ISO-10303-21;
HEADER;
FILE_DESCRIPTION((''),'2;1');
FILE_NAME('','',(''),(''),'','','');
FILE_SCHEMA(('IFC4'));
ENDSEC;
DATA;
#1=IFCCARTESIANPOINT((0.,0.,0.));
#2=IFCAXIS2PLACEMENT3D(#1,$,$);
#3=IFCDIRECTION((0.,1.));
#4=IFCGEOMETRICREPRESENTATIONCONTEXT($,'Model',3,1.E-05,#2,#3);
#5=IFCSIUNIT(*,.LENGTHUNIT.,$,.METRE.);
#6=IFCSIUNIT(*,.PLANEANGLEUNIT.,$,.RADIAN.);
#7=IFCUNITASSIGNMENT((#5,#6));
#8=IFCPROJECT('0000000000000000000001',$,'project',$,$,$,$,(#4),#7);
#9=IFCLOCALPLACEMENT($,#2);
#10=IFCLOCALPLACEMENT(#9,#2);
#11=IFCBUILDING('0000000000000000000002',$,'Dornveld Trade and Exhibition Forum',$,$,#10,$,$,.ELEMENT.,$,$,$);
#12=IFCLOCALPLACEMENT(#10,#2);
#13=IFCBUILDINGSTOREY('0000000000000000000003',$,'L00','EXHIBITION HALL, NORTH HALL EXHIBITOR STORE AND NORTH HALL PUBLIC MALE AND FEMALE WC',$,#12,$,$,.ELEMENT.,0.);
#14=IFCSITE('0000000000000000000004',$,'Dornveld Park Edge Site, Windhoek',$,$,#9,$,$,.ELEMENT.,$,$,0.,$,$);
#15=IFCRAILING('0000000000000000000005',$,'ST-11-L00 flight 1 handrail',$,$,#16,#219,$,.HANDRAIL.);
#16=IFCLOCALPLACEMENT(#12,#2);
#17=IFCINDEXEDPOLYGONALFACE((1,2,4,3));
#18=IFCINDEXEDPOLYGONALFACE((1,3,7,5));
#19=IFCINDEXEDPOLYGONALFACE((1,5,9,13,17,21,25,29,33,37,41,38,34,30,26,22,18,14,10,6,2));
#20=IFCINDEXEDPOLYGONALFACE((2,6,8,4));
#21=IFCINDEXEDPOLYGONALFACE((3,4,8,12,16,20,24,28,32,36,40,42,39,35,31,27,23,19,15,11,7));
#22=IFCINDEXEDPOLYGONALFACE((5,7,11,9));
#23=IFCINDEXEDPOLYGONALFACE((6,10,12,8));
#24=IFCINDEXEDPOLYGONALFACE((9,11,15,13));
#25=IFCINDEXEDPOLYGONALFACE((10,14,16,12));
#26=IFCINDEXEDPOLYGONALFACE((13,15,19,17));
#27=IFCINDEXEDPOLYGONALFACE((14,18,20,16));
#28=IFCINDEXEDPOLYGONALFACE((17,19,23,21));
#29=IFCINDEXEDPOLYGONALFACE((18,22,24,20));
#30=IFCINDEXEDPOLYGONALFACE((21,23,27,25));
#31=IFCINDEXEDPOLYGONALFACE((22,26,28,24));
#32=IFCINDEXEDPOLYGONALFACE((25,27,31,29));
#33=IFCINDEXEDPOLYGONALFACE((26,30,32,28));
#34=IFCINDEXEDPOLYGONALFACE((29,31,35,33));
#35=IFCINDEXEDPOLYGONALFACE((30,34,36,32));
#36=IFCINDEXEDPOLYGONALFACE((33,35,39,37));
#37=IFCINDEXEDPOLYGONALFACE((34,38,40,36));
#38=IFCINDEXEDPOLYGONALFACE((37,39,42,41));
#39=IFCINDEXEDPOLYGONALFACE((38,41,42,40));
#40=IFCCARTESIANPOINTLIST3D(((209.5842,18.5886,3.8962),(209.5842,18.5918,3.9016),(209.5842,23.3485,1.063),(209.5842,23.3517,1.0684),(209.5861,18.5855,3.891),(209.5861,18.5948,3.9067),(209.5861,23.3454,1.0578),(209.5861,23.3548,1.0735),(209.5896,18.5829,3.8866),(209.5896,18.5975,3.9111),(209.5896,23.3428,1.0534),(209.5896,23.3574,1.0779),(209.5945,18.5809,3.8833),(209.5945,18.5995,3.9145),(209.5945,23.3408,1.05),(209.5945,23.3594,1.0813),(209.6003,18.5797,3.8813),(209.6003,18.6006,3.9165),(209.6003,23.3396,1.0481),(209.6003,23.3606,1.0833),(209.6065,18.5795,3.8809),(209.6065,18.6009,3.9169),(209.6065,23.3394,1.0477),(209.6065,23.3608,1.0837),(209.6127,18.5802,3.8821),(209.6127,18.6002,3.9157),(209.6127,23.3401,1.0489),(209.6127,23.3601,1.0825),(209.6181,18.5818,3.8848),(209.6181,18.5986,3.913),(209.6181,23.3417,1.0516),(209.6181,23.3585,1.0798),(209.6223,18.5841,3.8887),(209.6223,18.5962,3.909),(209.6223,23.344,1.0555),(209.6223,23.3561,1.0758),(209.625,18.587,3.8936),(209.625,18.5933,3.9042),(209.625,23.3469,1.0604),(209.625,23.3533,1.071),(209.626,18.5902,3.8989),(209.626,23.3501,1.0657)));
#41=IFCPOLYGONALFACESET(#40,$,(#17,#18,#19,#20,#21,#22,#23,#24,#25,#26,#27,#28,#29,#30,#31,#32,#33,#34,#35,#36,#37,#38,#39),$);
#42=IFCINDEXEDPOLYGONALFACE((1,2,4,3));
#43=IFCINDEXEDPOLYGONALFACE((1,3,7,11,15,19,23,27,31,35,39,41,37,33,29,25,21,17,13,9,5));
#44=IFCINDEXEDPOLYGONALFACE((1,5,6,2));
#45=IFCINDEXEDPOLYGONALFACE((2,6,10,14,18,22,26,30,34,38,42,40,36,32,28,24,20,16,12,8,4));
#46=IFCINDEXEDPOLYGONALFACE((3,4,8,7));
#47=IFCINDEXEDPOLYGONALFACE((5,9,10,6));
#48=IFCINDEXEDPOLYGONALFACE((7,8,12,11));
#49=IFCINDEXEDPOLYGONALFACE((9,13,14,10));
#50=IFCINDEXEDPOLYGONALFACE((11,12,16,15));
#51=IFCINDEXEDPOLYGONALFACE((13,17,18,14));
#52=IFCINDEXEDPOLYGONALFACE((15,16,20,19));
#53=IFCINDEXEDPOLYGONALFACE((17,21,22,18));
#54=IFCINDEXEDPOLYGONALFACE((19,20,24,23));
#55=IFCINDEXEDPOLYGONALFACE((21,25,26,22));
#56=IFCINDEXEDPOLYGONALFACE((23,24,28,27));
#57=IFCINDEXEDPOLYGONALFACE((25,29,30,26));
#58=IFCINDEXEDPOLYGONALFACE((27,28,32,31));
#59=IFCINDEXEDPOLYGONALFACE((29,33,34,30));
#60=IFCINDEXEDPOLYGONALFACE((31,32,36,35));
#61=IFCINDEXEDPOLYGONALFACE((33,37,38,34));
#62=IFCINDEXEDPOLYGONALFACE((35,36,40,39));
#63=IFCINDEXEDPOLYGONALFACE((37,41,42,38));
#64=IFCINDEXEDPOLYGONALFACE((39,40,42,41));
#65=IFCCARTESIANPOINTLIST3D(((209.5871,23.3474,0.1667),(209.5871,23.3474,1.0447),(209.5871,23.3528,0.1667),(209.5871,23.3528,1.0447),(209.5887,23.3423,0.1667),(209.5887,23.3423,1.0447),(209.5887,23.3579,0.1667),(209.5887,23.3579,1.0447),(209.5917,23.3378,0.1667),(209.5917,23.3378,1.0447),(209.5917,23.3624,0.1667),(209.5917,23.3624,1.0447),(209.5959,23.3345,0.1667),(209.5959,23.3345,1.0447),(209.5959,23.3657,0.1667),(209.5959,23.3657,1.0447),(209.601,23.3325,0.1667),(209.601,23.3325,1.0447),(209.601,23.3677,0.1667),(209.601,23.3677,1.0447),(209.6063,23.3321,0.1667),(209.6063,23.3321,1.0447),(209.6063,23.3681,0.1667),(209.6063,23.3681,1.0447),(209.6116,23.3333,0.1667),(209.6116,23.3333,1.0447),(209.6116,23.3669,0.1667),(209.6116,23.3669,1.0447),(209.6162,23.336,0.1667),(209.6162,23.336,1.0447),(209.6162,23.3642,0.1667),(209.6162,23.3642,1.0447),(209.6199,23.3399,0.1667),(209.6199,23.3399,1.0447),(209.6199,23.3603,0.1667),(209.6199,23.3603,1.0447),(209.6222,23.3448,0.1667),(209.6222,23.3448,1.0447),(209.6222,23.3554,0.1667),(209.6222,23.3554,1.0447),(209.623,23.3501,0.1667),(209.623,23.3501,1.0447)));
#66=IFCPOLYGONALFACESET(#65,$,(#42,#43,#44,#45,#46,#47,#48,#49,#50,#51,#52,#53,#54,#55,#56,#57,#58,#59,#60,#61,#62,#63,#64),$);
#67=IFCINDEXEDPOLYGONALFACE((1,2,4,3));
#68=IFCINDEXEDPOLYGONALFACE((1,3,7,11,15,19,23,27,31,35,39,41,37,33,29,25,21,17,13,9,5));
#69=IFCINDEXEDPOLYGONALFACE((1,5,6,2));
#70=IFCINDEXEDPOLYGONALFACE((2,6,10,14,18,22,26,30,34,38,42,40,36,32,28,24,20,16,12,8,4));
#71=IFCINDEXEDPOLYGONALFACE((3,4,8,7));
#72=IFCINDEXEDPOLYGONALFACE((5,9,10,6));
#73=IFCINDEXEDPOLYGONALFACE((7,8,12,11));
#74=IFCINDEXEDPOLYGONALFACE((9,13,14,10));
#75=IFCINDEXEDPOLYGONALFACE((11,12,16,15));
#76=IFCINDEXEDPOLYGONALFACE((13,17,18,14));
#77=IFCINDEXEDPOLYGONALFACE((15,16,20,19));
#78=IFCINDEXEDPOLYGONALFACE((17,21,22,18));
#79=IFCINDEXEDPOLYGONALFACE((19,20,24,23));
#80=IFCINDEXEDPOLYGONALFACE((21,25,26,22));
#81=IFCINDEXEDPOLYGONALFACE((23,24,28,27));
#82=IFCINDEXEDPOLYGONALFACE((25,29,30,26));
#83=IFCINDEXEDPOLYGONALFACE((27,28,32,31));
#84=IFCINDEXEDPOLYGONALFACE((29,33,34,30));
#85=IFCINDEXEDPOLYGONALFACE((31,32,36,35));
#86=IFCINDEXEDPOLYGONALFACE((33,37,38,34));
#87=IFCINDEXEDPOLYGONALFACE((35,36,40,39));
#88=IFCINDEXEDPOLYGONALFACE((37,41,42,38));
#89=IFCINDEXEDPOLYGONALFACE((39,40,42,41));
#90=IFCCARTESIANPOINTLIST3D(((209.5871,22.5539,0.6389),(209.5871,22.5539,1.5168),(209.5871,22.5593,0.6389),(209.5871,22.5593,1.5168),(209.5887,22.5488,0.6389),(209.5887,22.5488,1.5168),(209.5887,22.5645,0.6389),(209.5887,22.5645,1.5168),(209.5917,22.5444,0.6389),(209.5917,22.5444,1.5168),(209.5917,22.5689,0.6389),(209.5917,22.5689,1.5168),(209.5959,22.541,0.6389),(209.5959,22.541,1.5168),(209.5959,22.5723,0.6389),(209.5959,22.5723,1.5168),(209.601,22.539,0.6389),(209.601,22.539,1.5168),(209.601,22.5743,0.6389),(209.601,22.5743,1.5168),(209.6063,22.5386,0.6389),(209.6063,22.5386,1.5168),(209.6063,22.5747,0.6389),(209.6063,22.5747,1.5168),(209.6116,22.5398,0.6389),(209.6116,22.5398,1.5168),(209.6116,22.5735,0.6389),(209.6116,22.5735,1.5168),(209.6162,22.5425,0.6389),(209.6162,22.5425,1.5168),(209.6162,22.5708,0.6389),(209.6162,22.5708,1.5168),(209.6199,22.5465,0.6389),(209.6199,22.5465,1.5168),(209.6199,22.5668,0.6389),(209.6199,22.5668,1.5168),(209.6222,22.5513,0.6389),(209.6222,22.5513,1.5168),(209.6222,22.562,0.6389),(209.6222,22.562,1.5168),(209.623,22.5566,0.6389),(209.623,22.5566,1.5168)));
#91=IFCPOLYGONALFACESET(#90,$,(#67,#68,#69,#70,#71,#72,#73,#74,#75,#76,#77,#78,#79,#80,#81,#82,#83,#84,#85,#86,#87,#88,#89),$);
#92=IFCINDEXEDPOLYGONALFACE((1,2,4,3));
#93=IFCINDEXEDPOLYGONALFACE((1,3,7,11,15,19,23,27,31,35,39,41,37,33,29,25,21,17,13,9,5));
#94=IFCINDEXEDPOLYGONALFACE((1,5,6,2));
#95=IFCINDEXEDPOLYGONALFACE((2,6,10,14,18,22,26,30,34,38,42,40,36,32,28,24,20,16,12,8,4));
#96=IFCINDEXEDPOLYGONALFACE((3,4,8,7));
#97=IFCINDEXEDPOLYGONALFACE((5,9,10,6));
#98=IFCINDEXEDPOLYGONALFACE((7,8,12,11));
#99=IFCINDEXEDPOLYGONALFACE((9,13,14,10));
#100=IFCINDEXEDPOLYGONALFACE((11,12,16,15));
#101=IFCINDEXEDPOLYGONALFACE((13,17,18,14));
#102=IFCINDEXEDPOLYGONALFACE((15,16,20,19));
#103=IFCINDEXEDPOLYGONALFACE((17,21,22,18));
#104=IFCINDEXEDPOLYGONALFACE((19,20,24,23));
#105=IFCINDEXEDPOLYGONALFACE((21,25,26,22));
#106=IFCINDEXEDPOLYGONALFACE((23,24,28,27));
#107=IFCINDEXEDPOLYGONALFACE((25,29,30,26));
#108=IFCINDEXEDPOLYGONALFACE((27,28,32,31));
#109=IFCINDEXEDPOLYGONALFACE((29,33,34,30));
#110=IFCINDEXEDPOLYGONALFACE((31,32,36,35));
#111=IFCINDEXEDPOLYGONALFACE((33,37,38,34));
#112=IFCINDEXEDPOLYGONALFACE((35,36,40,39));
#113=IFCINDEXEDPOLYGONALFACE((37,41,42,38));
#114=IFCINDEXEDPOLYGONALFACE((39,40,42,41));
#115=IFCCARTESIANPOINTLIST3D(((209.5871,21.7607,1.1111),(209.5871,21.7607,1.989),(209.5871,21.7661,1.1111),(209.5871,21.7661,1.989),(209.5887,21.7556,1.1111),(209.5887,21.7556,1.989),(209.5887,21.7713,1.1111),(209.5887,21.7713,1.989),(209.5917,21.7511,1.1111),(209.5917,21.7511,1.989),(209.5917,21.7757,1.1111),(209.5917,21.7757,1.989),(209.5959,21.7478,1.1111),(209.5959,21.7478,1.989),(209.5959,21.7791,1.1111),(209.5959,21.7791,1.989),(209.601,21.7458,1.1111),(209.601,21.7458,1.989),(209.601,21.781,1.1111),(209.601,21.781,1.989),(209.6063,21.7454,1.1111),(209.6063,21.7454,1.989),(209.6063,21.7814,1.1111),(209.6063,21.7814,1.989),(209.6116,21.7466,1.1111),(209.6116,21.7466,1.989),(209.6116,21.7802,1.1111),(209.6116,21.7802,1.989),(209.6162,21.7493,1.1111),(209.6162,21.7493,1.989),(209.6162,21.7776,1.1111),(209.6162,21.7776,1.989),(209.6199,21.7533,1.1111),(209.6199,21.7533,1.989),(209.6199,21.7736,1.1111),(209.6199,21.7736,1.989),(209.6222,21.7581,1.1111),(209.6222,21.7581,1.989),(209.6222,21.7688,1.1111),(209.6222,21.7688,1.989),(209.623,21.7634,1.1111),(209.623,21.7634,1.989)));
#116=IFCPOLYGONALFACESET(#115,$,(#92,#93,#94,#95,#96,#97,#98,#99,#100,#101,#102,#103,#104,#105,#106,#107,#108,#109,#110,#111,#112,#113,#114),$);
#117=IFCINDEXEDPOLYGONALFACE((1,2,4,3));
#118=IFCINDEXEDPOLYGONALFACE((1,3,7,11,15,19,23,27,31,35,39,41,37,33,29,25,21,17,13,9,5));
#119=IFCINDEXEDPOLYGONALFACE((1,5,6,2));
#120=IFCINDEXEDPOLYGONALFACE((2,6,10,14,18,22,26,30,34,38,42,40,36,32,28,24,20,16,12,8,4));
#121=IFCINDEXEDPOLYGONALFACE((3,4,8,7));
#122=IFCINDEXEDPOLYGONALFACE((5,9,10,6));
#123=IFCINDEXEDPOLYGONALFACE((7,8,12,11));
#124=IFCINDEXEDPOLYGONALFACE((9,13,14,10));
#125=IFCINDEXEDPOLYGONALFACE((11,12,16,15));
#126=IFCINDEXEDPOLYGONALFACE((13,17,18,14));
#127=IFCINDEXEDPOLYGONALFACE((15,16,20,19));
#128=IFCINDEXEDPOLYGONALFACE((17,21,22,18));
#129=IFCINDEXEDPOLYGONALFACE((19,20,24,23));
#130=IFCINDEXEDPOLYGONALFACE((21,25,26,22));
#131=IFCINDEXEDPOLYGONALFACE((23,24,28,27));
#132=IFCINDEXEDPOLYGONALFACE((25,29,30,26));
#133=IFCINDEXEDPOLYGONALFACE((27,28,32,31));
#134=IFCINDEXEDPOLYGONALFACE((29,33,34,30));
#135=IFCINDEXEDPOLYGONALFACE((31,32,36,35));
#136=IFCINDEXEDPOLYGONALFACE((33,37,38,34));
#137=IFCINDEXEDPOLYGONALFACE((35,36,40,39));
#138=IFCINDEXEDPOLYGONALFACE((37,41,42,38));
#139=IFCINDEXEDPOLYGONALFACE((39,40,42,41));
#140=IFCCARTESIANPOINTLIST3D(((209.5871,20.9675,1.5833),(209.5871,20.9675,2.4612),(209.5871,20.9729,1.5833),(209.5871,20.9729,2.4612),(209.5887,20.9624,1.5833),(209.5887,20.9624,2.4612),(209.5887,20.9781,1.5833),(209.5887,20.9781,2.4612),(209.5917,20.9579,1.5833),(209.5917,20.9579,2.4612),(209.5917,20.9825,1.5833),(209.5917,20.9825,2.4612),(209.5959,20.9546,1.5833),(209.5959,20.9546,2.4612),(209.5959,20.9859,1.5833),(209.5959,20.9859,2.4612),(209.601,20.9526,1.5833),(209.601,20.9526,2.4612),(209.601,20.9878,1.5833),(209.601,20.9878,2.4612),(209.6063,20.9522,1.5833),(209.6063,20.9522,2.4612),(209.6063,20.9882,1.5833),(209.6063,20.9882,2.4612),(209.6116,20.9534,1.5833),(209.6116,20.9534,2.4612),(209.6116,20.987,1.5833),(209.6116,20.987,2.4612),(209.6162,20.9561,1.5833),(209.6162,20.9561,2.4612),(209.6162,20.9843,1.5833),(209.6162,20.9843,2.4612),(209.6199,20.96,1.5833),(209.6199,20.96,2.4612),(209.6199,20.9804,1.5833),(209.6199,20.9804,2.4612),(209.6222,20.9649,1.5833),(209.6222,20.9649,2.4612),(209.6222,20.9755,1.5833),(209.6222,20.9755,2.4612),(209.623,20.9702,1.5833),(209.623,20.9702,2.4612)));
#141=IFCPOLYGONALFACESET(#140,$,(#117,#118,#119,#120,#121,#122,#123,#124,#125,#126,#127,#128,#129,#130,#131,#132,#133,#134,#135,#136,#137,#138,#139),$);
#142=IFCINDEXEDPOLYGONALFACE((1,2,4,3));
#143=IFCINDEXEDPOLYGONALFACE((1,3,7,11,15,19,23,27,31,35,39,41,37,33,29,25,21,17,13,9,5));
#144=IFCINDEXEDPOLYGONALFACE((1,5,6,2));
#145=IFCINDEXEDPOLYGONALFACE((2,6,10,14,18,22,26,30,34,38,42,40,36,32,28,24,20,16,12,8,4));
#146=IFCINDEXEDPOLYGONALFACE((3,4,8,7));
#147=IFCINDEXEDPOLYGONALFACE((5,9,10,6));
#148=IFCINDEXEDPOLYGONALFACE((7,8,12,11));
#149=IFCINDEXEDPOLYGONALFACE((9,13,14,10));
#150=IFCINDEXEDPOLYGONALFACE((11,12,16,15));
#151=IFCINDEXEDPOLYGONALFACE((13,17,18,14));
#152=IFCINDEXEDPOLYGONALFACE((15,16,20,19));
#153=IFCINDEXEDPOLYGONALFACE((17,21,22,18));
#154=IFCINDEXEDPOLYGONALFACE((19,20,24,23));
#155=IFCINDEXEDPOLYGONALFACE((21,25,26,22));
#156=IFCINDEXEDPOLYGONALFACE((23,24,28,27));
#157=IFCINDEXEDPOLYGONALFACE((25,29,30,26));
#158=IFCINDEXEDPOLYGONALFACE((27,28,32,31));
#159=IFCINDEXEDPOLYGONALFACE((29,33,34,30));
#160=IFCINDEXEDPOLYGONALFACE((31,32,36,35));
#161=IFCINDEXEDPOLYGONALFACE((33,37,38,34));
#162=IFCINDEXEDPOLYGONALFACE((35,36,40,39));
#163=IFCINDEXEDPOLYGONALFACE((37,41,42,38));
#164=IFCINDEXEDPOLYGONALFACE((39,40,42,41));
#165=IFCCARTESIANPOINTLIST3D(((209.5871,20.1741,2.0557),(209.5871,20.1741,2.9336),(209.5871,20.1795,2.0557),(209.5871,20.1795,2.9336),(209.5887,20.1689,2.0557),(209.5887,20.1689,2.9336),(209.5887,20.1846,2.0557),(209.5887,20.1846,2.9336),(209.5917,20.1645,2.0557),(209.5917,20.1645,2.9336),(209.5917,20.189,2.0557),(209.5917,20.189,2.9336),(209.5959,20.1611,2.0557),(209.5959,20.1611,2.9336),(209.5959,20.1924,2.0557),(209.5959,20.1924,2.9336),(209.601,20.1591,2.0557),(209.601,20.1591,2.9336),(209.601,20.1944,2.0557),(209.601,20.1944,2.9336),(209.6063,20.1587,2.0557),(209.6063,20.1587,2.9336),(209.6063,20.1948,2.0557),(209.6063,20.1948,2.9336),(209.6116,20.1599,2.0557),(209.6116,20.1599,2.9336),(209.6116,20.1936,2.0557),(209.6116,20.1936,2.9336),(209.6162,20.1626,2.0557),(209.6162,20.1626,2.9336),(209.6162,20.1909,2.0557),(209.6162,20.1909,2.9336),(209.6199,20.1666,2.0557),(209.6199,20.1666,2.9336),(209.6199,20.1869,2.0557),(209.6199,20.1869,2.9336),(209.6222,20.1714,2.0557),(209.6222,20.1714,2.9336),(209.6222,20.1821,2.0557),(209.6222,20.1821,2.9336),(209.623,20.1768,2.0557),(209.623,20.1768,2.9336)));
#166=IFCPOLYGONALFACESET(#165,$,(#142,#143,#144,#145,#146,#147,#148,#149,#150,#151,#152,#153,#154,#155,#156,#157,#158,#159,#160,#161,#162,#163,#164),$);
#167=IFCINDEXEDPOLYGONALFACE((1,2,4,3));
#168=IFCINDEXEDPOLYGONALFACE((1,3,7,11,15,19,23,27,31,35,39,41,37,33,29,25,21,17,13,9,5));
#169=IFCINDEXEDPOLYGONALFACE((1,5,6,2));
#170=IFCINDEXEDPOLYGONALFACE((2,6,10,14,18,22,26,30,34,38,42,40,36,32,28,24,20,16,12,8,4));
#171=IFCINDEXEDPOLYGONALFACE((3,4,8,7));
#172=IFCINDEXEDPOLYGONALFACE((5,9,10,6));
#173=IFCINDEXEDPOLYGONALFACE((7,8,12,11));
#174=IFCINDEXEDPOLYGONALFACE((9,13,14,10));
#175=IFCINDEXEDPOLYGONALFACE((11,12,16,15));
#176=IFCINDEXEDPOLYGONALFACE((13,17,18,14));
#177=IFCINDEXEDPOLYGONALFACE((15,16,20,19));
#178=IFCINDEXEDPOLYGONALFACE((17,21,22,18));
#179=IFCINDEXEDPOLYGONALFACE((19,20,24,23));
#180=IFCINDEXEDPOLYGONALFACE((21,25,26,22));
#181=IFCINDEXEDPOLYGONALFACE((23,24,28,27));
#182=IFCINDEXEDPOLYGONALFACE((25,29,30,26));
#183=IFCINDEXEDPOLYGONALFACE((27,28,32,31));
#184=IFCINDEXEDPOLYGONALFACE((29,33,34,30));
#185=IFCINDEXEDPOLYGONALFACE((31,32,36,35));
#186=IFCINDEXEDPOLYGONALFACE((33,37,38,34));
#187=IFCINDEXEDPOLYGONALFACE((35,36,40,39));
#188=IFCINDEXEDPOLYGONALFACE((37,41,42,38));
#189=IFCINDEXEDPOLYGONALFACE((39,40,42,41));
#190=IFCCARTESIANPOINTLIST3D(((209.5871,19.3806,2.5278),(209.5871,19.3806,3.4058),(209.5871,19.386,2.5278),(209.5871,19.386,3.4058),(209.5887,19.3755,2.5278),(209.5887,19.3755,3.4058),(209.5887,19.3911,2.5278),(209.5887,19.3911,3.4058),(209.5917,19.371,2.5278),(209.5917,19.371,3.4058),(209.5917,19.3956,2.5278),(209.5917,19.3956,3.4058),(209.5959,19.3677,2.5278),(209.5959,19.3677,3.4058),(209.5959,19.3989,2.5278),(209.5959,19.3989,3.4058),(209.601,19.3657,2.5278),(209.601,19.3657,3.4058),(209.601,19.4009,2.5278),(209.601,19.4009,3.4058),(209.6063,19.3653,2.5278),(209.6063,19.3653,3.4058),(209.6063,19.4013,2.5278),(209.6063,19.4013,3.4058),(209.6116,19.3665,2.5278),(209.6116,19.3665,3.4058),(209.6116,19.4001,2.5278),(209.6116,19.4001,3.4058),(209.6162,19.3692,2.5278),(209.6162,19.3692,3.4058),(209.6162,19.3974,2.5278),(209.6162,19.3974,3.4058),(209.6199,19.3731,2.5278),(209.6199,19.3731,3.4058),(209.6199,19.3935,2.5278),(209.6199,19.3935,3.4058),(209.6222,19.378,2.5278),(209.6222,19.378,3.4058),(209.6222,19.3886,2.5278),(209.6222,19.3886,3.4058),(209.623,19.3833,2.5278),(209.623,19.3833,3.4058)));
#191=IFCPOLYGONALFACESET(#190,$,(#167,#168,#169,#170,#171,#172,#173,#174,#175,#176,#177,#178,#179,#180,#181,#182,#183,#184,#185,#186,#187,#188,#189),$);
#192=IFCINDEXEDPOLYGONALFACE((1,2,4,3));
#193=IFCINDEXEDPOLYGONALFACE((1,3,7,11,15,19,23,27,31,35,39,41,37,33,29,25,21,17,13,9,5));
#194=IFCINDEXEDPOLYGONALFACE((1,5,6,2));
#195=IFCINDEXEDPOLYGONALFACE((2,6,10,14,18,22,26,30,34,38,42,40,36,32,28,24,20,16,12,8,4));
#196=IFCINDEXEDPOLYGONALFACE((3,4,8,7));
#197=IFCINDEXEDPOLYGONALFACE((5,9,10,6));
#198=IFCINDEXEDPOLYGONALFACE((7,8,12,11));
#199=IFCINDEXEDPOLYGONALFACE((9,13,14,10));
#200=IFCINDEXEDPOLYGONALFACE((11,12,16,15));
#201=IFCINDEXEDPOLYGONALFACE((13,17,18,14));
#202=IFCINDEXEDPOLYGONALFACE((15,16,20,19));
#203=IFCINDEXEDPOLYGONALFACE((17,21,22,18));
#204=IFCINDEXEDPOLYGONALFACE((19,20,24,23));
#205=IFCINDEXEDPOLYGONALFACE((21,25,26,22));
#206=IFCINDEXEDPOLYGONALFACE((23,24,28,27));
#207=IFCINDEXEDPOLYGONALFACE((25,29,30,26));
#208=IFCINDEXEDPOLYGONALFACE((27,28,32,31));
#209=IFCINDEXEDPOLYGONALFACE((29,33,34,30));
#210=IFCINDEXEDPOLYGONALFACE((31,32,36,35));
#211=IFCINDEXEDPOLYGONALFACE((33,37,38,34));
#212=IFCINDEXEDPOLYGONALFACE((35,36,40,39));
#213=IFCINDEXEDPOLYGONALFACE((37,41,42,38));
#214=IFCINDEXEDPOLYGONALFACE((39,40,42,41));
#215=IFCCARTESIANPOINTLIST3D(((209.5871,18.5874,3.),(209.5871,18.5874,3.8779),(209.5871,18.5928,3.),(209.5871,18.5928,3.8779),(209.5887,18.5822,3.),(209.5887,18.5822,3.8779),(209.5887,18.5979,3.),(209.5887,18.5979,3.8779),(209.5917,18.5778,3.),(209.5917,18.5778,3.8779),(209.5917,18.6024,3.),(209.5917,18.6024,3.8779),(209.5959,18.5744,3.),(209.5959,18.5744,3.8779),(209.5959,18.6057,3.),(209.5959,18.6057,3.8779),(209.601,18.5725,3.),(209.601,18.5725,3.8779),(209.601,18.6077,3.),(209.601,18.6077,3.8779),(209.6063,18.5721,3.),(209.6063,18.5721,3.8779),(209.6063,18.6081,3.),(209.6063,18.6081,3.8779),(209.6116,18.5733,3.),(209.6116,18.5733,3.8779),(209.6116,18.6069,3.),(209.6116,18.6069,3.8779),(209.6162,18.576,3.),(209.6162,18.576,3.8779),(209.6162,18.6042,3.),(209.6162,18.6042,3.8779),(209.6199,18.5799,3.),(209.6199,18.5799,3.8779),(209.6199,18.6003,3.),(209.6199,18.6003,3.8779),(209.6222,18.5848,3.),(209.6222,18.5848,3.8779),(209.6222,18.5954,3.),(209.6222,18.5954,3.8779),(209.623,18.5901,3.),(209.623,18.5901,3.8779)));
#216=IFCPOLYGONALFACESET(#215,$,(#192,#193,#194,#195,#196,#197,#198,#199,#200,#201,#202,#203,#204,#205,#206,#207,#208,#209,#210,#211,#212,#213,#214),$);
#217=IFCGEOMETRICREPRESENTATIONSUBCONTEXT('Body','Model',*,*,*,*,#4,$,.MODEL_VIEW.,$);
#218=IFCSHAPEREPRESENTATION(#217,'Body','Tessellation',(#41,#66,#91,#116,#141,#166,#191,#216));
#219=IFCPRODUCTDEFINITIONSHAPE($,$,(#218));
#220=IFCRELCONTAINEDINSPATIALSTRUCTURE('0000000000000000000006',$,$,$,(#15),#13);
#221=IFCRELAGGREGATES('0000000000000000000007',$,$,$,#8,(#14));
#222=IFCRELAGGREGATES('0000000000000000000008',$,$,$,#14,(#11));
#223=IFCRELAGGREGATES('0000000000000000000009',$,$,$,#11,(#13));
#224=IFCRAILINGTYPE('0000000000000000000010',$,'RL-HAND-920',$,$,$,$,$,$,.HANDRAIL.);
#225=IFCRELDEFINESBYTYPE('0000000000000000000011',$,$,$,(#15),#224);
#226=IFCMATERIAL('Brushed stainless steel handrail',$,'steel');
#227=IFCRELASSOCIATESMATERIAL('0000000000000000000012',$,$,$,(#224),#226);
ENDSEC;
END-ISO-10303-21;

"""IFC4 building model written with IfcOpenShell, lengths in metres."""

from ifc_helpers import new_model, si_unit, direction, frame, origin, origin_2d, place, context, subcontext, project, spatial, circle, extrude, material, type_object, element, save


model = new_model("IFC4")

# Units and contexts
model_context = context("Model", 3, precision=1e-05, world=origin(), true_north=direction((0.0, 1.0)))
body_context = subcontext(model_context, "Body", "Model", "MODEL_VIEW")
ifc_project = project(units=[si_unit("LENGTHUNIT", "METRE"), si_unit("PLANEANGLEUNIT", "RADIAN")], contexts=[model_context])

# Site, building, storey
site_placement = place(None, origin())
site = spatial("IfcSite", under=ifc_project, at=site_placement, Name="Dornveld Park Edge Site, Windhoek", CompositionType="ELEMENT", RefElevation=0.0)
building_placement = place(site_placement, origin())
building = spatial("IfcBuilding", under=site, at=building_placement, Name="Dornveld Trade and Exhibition Forum", CompositionType="ELEMENT")
storey_placement = place(building_placement, origin())
storey = spatial("IfcBuildingStorey", under=building, at=storey_placement, Name="L00", Description="EXHIBITION HALL, NORTH HALL EXHIBITOR STORE AND NORTH HALL PUBLIC MALE AND FEMALE WC", CompositionType="ELEMENT", Elevation=0.0)

# Railing
ifc_material_1 = material(Name="Brushed stainless steel handrail", Category="steel")
railing_type_1 = type_object("IfcRailingType", Name="RL-HAND-920", PredefinedType="HANDRAIL", material=ifc_material_1)
railing_1_placement = place(storey_placement, frame((209.605, 23.3501, 0.1667)))
element("IfcRailing", 1, at=railing_1_placement, inside=storey, type_object=railing_type_1, Name="ST-11-L00 flight 1 handrail", PredefinedType="HANDRAIL", context=body_context, shape_type="SweptSolid", body=[
    extrude(circle(Radius=0.021, at=origin_2d()), frame((0.0, 0.0, 0.8989), z_axis=(0.0, -0.8593, 0.511472), x_axis=(1.0, 0.0, 0.0)), (0.0, 0.0, 1.0), 5.5393),
    extrude(circle(Radius=0.0181, at=origin_2d()), origin(), (0.0, 0.0, 1.0), 0.8779),
    extrude(circle(Radius=0.0181, at=origin_2d()), frame((0.0, -0.7935, 0.4722)), (0.0, 0.0, 1.0), 0.8779),
    extrude(circle(Radius=0.0181, at=origin_2d()), frame((0.0, -1.5867, 0.9443)), (0.0, 0.0, 1.0), 0.8779),
    extrude(circle(Radius=0.0181, at=origin_2d()), frame((0.0, -2.3799, 1.4165)), (0.0, 0.0, 1.0), 0.8779),
    extrude(circle(Radius=0.0181, at=origin_2d()), frame((0.0, -3.1733, 1.8889)), (0.0, 0.0, 1.0), 0.8779),
    extrude(circle(Radius=0.0181, at=origin_2d()), frame((0.0, -3.9668, 2.3611)), (0.0, 0.0, 1.0), 0.8779),
    extrude(circle(Radius=0.0181, at=origin_2d()), frame((0.0, -4.76, 2.8333)), (0.0, 0.0, 1.0), 0.8779),
])

save(model, "model.ifc")
